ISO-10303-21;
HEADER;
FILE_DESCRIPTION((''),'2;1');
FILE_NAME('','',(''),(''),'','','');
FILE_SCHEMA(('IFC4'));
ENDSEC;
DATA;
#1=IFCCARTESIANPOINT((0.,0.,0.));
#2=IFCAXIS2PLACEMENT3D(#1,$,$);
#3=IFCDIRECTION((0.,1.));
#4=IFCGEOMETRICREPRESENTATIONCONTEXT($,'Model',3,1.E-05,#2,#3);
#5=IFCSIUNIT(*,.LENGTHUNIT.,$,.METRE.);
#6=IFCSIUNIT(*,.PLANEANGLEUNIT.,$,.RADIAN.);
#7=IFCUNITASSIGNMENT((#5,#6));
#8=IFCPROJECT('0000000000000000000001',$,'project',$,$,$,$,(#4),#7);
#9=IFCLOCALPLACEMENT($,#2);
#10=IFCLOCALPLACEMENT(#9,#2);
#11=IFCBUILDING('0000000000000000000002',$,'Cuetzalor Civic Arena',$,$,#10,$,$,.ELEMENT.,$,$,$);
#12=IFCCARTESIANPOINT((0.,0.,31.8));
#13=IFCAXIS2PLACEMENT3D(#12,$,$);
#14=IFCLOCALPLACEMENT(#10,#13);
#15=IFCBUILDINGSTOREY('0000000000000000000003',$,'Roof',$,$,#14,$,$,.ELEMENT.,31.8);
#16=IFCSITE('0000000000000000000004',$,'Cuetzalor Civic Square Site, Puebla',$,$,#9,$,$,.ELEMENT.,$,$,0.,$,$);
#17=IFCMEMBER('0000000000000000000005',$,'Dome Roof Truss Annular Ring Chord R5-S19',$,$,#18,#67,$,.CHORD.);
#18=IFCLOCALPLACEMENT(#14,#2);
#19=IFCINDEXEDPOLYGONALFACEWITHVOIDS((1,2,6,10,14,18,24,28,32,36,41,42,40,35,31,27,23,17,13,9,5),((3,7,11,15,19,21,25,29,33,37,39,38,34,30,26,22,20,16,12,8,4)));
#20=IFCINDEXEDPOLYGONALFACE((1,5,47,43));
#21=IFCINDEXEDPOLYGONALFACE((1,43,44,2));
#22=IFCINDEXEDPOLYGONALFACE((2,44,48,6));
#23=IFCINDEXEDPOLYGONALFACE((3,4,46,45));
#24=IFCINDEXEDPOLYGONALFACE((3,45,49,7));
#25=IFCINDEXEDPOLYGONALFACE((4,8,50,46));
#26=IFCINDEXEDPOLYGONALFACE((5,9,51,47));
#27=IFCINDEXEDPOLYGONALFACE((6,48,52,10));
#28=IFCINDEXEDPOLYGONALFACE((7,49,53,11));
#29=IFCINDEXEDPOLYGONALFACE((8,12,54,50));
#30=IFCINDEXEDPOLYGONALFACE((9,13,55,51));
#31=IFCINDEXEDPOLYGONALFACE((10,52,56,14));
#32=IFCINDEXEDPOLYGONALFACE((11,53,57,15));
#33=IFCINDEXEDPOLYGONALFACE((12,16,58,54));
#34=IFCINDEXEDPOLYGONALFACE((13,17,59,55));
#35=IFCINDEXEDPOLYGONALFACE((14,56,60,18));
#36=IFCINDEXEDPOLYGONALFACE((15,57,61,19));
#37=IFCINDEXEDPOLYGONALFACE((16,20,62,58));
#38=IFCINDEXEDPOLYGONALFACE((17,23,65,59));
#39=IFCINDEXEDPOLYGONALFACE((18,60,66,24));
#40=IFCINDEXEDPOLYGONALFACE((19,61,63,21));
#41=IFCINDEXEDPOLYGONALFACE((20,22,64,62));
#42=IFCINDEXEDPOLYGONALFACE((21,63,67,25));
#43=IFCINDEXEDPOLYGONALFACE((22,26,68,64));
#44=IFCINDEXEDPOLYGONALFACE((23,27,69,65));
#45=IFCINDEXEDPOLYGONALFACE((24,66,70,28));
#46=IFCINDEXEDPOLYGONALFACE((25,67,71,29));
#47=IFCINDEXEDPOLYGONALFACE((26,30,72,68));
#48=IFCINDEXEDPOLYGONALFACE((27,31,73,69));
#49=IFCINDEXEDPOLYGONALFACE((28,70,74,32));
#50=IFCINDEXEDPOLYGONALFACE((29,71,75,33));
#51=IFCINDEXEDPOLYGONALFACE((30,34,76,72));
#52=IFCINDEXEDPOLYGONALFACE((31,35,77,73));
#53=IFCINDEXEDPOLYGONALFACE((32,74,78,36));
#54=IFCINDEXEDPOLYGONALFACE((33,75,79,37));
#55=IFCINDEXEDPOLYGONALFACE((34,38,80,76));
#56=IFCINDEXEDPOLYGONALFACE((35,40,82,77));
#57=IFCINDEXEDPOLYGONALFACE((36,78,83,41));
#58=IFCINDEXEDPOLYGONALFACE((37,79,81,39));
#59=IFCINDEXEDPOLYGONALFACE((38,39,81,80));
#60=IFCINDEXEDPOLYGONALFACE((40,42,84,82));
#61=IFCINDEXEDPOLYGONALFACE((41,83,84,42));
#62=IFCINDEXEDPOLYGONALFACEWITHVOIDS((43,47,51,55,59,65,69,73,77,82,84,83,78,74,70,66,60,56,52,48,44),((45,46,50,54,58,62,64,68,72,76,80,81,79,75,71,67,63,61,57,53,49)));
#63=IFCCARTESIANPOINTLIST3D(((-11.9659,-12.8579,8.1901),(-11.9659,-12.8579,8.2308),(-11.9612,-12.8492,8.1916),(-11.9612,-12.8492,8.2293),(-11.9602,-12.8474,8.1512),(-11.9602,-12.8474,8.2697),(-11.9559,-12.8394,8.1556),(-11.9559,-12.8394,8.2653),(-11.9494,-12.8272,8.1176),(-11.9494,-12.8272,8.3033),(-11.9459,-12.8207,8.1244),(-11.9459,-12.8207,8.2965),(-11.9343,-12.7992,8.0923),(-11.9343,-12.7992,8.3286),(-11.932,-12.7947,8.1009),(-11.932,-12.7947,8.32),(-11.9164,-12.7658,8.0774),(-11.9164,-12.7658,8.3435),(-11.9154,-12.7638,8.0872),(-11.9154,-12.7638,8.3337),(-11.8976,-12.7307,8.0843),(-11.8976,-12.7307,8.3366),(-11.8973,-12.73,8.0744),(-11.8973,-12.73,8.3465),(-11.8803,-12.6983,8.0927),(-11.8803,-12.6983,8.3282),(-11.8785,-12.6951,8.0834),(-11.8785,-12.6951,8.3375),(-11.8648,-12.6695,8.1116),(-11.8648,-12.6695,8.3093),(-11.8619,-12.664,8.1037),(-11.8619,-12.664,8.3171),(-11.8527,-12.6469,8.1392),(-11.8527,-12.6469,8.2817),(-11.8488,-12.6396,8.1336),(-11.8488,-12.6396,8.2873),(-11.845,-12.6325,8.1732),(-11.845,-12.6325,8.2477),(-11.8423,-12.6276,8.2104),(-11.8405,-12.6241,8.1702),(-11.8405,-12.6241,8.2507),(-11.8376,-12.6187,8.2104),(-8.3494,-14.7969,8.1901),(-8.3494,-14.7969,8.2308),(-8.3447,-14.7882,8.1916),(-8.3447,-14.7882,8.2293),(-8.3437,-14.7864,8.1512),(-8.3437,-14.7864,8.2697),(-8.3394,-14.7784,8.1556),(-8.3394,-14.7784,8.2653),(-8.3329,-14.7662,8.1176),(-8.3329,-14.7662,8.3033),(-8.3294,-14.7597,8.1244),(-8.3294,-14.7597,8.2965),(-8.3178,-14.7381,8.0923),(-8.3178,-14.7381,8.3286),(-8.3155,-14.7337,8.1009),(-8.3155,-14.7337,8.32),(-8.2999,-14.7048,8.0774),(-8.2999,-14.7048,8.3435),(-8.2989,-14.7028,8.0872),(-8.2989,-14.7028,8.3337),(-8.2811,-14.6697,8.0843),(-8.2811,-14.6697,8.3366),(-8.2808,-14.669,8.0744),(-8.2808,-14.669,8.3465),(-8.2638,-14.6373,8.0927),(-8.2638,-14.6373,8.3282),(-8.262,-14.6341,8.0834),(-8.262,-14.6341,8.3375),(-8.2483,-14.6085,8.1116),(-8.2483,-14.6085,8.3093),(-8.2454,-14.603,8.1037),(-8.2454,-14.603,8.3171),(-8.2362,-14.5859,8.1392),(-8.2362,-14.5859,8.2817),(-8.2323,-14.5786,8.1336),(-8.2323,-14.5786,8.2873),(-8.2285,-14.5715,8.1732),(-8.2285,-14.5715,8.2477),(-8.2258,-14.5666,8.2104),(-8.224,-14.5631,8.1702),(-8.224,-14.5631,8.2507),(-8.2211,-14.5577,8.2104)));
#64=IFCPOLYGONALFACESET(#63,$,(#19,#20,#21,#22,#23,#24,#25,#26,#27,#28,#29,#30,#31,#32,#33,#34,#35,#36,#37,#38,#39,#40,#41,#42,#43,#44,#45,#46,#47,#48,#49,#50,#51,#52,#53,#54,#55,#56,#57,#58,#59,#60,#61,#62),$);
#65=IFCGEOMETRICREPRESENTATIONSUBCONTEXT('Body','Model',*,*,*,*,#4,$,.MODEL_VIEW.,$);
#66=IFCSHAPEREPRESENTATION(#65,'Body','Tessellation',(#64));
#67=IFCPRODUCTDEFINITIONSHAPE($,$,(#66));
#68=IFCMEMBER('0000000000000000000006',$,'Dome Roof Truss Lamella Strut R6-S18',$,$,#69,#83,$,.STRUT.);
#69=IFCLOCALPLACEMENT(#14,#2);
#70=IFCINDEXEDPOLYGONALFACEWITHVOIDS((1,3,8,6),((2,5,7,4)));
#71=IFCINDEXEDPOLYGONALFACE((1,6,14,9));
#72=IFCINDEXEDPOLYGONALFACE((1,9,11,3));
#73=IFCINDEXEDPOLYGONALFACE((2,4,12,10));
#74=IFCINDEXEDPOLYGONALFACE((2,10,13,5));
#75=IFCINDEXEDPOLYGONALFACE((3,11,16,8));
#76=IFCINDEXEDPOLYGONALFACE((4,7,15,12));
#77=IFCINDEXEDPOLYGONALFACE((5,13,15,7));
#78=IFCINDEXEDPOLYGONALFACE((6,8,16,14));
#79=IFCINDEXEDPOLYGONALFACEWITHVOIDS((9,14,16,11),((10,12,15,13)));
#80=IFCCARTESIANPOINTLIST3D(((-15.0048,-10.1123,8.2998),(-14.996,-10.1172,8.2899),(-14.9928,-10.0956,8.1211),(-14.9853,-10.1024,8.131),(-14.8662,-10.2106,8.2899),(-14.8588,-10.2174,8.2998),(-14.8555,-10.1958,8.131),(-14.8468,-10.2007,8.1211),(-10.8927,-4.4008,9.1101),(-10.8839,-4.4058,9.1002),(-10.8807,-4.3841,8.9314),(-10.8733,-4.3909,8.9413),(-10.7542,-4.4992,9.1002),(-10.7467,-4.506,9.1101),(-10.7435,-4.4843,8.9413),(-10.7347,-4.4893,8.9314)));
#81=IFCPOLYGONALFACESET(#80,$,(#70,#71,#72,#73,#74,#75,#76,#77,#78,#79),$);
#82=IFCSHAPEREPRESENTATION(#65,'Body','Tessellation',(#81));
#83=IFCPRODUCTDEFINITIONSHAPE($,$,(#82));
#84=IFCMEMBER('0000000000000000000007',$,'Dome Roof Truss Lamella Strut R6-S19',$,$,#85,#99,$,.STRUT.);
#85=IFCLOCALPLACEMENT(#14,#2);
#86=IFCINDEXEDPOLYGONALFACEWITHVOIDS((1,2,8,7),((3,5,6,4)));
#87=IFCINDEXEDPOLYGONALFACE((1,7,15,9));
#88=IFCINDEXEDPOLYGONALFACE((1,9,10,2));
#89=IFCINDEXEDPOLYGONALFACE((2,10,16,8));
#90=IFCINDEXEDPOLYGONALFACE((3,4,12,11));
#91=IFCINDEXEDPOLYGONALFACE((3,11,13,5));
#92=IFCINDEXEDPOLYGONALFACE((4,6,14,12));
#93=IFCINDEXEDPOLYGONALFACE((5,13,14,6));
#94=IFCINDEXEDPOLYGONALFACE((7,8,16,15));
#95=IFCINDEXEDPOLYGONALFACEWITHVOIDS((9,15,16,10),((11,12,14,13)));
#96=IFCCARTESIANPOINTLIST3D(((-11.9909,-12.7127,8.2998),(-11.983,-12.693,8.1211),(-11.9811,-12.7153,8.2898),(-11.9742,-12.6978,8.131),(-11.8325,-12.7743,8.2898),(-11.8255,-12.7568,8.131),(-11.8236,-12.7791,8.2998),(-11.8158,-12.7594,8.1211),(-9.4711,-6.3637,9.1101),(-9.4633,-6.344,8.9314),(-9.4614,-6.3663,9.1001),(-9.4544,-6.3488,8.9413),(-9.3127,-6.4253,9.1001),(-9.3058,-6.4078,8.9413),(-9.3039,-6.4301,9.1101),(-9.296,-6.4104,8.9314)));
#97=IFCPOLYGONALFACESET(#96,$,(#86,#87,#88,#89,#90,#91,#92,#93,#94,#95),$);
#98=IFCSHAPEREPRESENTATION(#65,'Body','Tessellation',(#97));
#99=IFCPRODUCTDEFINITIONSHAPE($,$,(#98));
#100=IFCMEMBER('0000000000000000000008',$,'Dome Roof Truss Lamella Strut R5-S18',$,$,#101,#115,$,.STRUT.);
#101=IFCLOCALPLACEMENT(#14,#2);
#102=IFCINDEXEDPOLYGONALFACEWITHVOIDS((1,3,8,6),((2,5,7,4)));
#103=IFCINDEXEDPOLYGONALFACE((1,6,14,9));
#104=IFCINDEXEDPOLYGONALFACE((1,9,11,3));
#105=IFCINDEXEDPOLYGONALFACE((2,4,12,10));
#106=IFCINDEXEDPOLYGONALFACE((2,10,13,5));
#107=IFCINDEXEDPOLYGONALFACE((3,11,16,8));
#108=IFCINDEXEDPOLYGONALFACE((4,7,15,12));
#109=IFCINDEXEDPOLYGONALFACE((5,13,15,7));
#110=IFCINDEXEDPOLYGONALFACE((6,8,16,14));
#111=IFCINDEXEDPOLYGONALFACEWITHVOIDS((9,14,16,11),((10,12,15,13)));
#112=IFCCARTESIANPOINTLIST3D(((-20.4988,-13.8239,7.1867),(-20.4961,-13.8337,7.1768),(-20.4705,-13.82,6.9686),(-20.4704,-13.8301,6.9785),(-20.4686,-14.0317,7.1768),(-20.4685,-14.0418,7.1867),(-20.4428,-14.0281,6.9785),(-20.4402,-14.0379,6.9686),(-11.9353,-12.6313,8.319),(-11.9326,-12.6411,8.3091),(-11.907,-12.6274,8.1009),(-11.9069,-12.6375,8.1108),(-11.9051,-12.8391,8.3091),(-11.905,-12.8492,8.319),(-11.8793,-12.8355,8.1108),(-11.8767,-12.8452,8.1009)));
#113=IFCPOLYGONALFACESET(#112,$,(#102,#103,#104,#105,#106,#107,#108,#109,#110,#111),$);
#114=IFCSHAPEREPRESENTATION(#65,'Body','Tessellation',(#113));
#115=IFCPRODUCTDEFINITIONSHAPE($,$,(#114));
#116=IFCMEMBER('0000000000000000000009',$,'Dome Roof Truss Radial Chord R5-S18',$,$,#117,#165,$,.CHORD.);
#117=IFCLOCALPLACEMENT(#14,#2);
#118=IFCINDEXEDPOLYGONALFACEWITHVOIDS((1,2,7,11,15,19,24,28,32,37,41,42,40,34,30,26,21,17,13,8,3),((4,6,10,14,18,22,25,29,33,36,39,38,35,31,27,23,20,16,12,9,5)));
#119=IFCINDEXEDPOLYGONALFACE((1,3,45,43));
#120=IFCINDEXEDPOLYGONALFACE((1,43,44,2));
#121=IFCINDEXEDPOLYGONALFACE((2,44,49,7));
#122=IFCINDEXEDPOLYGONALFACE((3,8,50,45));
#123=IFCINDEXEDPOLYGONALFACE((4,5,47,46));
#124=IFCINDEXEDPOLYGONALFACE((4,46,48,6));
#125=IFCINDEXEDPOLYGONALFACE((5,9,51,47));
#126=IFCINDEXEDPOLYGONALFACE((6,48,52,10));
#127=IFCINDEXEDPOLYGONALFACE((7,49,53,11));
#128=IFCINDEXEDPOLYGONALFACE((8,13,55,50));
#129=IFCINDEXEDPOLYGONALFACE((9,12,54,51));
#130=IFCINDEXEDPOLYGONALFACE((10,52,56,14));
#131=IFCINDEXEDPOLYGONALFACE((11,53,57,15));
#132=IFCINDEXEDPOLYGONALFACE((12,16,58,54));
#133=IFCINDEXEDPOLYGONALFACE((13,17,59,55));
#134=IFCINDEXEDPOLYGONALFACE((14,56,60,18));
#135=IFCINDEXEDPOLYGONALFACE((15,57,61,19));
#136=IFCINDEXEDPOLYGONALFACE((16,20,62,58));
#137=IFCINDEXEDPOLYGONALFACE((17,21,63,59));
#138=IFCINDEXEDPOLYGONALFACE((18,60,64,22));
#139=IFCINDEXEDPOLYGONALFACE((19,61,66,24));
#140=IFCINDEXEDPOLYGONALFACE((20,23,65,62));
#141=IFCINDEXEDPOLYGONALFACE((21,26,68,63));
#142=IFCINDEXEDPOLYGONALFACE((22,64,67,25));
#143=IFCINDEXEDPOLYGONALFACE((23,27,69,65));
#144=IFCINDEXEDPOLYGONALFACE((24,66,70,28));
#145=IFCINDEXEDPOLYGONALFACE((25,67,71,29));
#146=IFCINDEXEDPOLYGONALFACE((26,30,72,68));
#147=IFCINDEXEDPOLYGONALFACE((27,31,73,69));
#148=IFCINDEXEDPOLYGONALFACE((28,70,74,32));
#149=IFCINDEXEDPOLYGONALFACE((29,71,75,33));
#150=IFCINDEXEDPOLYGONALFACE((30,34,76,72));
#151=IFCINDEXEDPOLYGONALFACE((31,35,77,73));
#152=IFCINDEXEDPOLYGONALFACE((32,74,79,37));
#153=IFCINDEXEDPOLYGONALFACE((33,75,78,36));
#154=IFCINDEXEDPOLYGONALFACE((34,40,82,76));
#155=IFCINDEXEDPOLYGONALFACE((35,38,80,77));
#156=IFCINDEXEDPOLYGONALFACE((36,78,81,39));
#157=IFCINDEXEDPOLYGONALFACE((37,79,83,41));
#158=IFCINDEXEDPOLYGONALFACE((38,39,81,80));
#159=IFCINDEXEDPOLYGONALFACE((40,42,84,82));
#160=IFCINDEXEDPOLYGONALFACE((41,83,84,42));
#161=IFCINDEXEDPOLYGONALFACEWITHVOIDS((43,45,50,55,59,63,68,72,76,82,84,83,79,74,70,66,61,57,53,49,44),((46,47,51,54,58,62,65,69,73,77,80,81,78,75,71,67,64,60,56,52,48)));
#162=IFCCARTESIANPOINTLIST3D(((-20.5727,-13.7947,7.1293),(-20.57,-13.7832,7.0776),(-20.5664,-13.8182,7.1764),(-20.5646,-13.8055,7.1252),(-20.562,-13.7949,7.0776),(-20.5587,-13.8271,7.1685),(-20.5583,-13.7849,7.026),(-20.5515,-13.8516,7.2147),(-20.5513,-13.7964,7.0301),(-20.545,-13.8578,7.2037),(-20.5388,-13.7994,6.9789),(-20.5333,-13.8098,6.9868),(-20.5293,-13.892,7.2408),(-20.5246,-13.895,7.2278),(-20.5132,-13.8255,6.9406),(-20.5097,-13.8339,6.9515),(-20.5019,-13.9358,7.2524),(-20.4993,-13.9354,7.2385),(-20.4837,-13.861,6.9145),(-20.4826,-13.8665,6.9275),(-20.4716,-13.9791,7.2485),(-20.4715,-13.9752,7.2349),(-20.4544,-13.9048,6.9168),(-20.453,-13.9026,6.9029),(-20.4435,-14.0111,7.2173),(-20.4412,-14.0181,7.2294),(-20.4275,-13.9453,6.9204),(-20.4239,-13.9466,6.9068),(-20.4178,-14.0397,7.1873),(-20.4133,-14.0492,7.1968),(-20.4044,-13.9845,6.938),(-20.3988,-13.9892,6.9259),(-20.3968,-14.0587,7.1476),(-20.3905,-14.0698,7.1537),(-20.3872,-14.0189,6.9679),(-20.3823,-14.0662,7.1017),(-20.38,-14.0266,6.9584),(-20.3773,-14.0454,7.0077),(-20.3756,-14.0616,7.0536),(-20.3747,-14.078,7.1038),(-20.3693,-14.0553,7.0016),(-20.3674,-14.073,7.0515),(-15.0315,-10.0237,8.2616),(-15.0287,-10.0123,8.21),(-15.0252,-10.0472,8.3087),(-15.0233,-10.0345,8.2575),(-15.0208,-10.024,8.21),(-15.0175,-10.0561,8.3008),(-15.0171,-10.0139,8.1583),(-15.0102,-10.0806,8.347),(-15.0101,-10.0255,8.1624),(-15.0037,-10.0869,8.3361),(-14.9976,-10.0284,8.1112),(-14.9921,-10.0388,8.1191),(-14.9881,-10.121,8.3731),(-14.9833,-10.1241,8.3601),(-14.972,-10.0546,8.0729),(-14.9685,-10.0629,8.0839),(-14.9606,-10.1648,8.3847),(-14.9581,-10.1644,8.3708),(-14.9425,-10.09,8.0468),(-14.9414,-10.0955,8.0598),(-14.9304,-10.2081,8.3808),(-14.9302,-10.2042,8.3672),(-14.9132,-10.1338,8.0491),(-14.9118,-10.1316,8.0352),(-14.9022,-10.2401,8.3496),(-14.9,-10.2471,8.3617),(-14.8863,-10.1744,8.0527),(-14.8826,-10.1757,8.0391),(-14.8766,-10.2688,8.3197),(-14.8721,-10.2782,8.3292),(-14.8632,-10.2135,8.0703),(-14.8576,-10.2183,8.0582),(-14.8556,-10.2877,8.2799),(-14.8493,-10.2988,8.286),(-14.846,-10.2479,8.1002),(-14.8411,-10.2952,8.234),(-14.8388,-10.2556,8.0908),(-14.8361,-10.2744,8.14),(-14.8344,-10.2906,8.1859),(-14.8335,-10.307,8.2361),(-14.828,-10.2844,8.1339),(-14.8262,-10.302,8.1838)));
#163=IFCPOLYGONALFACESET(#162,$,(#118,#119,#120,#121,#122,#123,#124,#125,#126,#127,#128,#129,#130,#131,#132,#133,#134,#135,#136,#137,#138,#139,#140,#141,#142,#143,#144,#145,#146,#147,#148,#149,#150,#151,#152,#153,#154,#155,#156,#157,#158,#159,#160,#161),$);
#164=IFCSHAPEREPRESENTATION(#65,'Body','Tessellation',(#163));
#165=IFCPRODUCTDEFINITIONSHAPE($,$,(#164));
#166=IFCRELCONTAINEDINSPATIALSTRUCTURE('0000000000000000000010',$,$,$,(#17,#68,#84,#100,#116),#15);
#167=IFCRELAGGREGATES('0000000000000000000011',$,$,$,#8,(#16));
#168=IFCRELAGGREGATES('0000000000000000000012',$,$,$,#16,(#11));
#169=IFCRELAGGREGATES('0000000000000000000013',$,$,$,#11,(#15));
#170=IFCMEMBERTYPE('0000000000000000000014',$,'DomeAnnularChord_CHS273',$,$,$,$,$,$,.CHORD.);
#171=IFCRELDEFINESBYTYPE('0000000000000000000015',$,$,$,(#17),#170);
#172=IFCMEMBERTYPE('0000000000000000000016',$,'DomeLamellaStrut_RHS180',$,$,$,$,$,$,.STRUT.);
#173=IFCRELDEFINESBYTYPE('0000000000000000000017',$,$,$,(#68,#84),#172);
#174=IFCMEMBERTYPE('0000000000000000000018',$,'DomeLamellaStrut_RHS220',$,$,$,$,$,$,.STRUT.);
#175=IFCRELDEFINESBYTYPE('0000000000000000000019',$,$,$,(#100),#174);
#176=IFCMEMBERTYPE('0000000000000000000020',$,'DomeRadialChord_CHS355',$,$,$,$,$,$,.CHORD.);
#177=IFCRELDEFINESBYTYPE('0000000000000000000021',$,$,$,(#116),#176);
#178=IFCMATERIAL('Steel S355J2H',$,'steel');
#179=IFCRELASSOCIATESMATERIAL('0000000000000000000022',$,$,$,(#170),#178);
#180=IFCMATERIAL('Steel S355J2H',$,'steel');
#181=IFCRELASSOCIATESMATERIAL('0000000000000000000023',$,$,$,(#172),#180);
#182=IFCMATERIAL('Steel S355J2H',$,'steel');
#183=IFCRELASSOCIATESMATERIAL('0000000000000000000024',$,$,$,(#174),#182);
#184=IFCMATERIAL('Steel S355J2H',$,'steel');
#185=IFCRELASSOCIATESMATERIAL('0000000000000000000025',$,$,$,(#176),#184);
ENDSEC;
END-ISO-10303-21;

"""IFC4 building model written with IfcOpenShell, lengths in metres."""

from ifc_helpers import new_model, si_unit, direction, frame, origin, origin_2d, place, context, subcontext, project, spatial, hollow_rectangle, hollow_circle, extrude, material, material_profile, profile_set, type_object, element, save


model = new_model("IFC4")

# Units and contexts
model_context = context("Model", 3, precision=1e-05, world=origin(), true_north=direction((0.0, 1.0)))
body_context = subcontext(model_context, "Body", "Model", "MODEL_VIEW")
ifc_project = project(units=[si_unit("LENGTHUNIT", "METRE"), si_unit("PLANEANGLEUNIT", "RADIAN")], contexts=[model_context])

# Site, building, storey
site_placement = place(None, origin())
site = spatial("IfcSite", under=ifc_project, at=site_placement, Name="Cuetzalor Civic Square Site, Puebla", CompositionType="ELEMENT", RefElevation=0.0)
building_placement = place(site_placement, origin())
building = spatial("IfcBuilding", under=site, at=building_placement, Name="Cuetzalor Civic Arena", CompositionType="ELEMENT")
storey_placement = place(building_placement, frame((0.0, 0.0, 31.8)))
storey = spatial("IfcBuildingStorey", under=building, at=storey_placement, Name="Roof", CompositionType="ELEMENT", Elevation=31.8)

# Members
ifc_material_1 = material(Name="Steel S355J2H", Category="steel")
ifc_material_profile_1 = material_profile(ifc_material_1, hollow_circle(Radius=0.1365, WallThickness=0.01, at=origin_2d()), Name="CHS 273x10")
ifc_profile_set_1 = profile_set([ifc_material_profile_1], Name="Steel S355J2H")
member_type_1 = type_object("IfcMemberType", Name="DomeAnnularChord_CHS273", PredefinedType="CHORD", material=ifc_profile_set_1)
member_1_placement = place(storey_placement, frame((-11.9021, -12.739, 8.2104), z_axis=(0.88132, -0.47252, 0.0), x_axis=(0.47252, 0.88132, 0.0)))
element("IfcMember", 1, at=member_1_placement, inside=storey, type_object=member_type_1, Name="Dome Roof Truss Annular Ring Chord R5-S19", PredefinedType="CHORD", context=body_context, shape_type="SweptSolid", body=[
    extrude(hollow_circle(Radius=0.1365, WallThickness=0.01, at=origin_2d()), origin(), (0.0, 0.0, 1.0), 4.1035),
])
ifc_material_2 = material(Name="Steel S355J2H", Category="steel")
ifc_material_profile_2 = material_profile(ifc_material_2, hollow_rectangle(XDim=0.1799, YDim=0.1799, WallThickness=0.01, at=origin_2d()), Name="RHS 180x180x10")
ifc_profile_set_2 = profile_set([ifc_material_profile_2], Name="Steel S355J2H")
member_type_2 = type_object("IfcMemberType", Name="DomeLamellaStrut_RHS180", PredefinedType="STRUT", material=ifc_profile_set_2)
member_2_placement = place(storey_placement, frame((-14.9258, -10.1565, 8.2104), z_axis=(0.580454, 0.806219, 0.114382), x_axis=(-0.811546, 0.584289, 0.0)))
element("IfcMember", 2, at=member_2_placement, inside=storey, type_object=member_type_2, Name="Dome Roof Truss Lamella Strut R6-S18", PredefinedType="STRUT", context=body_context, shape_type="SweptSolid", body=[
    extrude(hollow_rectangle(XDim=0.1799, YDim=0.1799, WallThickness=0.01, at=origin_2d()), origin(), (0.0, 0.0, 1.0), 7.0842),
])
member_3_placement = place(storey_placement, frame((-11.9033, -12.7361, 8.2104), z_axis=(0.366313, 0.923005, 0.117798), x_axis=(-0.929477, 0.368881, 0.0)))
element("IfcMember", 3, at=member_3_placement, inside=storey, type_object=member_type_2, Name="Dome Roof Truss Lamella Strut R6-S19", PredefinedType="STRUT", context=body_context, shape_type="SweptSolid", body=[
    extrude(hollow_rectangle(XDim=0.1799, YDim=0.1799, WallThickness=0.01, at=origin_2d()), origin(), (0.0, 0.0, 1.0), 6.8787),
])
ifc_material_3 = material(Name="Steel S355J2H", Category="steel")
ifc_material_profile_3 = material_profile(ifc_material_3, hollow_rectangle(XDim=0.22, YDim=0.22, WallThickness=0.01, at=origin_2d()), Name="RHS 220x220x10")
ifc_profile_set_3 = profile_set([ifc_material_profile_3], Name="Steel S355J2H")
member_type_3 = type_object("IfcMemberType", Name="DomeLamellaStrut_RHS220", PredefinedType="STRUT", material=ifc_profile_set_3)
member_4_placement = place(storey_placement, frame((-20.4695, -13.9309, 7.0776), z_axis=(0.982055, 0.13677, 0.129854), x_axis=(-0.137938, 0.990441, 0.0)))
element("IfcMember", 4, at=member_4_placement, inside=storey, type_object=member_type_3, Name="Dome Roof Truss Lamella Strut R5-S18", PredefinedType="STRUT", context=body_context, shape_type="SweptSolid", body=[
    extrude(hollow_rectangle(XDim=0.22, YDim=0.22, WallThickness=0.01, at=origin_2d()), origin(), (0.0, 0.0, 1.0), 8.72),
])
ifc_material_4 = material(Name="Steel S355J2H", Category="steel")
ifc_material_profile_4 = material_profile(ifc_material_4, hollow_circle(Radius=0.1777, WallThickness=0.0142, at=origin_2d()), Name="CHS 355.6x14.2")
ifc_profile_set_4 = profile_set([ifc_material_profile_4], Name="Steel S355J2H")
member_type_4 = type_object("IfcMemberType", Name="DomeRadialChord_CHS355", PredefinedType="CHORD", material=ifc_profile_set_4)
member_5_placement = place(storey_placement, frame((-20.47, -13.9302, 7.0776), z_axis=(0.815172, 0.554749, 0.166576), x_axis=(-0.56261, 0.826723, 0.0)))
element("IfcMember", 5, at=member_5_placement, inside=storey, type_object=member_type_4, Name="Dome Roof Truss Radial Chord R5-S18", PredefinedType="CHORD", context=body_context, shape_type="SweptSolid", body=[
    extrude(hollow_circle(Radius=0.1777, WallThickness=0.0142, at=origin_2d()), origin(), (0.0, 0.0, 1.0), 6.7976),
])

save(model, "model.ifc")
